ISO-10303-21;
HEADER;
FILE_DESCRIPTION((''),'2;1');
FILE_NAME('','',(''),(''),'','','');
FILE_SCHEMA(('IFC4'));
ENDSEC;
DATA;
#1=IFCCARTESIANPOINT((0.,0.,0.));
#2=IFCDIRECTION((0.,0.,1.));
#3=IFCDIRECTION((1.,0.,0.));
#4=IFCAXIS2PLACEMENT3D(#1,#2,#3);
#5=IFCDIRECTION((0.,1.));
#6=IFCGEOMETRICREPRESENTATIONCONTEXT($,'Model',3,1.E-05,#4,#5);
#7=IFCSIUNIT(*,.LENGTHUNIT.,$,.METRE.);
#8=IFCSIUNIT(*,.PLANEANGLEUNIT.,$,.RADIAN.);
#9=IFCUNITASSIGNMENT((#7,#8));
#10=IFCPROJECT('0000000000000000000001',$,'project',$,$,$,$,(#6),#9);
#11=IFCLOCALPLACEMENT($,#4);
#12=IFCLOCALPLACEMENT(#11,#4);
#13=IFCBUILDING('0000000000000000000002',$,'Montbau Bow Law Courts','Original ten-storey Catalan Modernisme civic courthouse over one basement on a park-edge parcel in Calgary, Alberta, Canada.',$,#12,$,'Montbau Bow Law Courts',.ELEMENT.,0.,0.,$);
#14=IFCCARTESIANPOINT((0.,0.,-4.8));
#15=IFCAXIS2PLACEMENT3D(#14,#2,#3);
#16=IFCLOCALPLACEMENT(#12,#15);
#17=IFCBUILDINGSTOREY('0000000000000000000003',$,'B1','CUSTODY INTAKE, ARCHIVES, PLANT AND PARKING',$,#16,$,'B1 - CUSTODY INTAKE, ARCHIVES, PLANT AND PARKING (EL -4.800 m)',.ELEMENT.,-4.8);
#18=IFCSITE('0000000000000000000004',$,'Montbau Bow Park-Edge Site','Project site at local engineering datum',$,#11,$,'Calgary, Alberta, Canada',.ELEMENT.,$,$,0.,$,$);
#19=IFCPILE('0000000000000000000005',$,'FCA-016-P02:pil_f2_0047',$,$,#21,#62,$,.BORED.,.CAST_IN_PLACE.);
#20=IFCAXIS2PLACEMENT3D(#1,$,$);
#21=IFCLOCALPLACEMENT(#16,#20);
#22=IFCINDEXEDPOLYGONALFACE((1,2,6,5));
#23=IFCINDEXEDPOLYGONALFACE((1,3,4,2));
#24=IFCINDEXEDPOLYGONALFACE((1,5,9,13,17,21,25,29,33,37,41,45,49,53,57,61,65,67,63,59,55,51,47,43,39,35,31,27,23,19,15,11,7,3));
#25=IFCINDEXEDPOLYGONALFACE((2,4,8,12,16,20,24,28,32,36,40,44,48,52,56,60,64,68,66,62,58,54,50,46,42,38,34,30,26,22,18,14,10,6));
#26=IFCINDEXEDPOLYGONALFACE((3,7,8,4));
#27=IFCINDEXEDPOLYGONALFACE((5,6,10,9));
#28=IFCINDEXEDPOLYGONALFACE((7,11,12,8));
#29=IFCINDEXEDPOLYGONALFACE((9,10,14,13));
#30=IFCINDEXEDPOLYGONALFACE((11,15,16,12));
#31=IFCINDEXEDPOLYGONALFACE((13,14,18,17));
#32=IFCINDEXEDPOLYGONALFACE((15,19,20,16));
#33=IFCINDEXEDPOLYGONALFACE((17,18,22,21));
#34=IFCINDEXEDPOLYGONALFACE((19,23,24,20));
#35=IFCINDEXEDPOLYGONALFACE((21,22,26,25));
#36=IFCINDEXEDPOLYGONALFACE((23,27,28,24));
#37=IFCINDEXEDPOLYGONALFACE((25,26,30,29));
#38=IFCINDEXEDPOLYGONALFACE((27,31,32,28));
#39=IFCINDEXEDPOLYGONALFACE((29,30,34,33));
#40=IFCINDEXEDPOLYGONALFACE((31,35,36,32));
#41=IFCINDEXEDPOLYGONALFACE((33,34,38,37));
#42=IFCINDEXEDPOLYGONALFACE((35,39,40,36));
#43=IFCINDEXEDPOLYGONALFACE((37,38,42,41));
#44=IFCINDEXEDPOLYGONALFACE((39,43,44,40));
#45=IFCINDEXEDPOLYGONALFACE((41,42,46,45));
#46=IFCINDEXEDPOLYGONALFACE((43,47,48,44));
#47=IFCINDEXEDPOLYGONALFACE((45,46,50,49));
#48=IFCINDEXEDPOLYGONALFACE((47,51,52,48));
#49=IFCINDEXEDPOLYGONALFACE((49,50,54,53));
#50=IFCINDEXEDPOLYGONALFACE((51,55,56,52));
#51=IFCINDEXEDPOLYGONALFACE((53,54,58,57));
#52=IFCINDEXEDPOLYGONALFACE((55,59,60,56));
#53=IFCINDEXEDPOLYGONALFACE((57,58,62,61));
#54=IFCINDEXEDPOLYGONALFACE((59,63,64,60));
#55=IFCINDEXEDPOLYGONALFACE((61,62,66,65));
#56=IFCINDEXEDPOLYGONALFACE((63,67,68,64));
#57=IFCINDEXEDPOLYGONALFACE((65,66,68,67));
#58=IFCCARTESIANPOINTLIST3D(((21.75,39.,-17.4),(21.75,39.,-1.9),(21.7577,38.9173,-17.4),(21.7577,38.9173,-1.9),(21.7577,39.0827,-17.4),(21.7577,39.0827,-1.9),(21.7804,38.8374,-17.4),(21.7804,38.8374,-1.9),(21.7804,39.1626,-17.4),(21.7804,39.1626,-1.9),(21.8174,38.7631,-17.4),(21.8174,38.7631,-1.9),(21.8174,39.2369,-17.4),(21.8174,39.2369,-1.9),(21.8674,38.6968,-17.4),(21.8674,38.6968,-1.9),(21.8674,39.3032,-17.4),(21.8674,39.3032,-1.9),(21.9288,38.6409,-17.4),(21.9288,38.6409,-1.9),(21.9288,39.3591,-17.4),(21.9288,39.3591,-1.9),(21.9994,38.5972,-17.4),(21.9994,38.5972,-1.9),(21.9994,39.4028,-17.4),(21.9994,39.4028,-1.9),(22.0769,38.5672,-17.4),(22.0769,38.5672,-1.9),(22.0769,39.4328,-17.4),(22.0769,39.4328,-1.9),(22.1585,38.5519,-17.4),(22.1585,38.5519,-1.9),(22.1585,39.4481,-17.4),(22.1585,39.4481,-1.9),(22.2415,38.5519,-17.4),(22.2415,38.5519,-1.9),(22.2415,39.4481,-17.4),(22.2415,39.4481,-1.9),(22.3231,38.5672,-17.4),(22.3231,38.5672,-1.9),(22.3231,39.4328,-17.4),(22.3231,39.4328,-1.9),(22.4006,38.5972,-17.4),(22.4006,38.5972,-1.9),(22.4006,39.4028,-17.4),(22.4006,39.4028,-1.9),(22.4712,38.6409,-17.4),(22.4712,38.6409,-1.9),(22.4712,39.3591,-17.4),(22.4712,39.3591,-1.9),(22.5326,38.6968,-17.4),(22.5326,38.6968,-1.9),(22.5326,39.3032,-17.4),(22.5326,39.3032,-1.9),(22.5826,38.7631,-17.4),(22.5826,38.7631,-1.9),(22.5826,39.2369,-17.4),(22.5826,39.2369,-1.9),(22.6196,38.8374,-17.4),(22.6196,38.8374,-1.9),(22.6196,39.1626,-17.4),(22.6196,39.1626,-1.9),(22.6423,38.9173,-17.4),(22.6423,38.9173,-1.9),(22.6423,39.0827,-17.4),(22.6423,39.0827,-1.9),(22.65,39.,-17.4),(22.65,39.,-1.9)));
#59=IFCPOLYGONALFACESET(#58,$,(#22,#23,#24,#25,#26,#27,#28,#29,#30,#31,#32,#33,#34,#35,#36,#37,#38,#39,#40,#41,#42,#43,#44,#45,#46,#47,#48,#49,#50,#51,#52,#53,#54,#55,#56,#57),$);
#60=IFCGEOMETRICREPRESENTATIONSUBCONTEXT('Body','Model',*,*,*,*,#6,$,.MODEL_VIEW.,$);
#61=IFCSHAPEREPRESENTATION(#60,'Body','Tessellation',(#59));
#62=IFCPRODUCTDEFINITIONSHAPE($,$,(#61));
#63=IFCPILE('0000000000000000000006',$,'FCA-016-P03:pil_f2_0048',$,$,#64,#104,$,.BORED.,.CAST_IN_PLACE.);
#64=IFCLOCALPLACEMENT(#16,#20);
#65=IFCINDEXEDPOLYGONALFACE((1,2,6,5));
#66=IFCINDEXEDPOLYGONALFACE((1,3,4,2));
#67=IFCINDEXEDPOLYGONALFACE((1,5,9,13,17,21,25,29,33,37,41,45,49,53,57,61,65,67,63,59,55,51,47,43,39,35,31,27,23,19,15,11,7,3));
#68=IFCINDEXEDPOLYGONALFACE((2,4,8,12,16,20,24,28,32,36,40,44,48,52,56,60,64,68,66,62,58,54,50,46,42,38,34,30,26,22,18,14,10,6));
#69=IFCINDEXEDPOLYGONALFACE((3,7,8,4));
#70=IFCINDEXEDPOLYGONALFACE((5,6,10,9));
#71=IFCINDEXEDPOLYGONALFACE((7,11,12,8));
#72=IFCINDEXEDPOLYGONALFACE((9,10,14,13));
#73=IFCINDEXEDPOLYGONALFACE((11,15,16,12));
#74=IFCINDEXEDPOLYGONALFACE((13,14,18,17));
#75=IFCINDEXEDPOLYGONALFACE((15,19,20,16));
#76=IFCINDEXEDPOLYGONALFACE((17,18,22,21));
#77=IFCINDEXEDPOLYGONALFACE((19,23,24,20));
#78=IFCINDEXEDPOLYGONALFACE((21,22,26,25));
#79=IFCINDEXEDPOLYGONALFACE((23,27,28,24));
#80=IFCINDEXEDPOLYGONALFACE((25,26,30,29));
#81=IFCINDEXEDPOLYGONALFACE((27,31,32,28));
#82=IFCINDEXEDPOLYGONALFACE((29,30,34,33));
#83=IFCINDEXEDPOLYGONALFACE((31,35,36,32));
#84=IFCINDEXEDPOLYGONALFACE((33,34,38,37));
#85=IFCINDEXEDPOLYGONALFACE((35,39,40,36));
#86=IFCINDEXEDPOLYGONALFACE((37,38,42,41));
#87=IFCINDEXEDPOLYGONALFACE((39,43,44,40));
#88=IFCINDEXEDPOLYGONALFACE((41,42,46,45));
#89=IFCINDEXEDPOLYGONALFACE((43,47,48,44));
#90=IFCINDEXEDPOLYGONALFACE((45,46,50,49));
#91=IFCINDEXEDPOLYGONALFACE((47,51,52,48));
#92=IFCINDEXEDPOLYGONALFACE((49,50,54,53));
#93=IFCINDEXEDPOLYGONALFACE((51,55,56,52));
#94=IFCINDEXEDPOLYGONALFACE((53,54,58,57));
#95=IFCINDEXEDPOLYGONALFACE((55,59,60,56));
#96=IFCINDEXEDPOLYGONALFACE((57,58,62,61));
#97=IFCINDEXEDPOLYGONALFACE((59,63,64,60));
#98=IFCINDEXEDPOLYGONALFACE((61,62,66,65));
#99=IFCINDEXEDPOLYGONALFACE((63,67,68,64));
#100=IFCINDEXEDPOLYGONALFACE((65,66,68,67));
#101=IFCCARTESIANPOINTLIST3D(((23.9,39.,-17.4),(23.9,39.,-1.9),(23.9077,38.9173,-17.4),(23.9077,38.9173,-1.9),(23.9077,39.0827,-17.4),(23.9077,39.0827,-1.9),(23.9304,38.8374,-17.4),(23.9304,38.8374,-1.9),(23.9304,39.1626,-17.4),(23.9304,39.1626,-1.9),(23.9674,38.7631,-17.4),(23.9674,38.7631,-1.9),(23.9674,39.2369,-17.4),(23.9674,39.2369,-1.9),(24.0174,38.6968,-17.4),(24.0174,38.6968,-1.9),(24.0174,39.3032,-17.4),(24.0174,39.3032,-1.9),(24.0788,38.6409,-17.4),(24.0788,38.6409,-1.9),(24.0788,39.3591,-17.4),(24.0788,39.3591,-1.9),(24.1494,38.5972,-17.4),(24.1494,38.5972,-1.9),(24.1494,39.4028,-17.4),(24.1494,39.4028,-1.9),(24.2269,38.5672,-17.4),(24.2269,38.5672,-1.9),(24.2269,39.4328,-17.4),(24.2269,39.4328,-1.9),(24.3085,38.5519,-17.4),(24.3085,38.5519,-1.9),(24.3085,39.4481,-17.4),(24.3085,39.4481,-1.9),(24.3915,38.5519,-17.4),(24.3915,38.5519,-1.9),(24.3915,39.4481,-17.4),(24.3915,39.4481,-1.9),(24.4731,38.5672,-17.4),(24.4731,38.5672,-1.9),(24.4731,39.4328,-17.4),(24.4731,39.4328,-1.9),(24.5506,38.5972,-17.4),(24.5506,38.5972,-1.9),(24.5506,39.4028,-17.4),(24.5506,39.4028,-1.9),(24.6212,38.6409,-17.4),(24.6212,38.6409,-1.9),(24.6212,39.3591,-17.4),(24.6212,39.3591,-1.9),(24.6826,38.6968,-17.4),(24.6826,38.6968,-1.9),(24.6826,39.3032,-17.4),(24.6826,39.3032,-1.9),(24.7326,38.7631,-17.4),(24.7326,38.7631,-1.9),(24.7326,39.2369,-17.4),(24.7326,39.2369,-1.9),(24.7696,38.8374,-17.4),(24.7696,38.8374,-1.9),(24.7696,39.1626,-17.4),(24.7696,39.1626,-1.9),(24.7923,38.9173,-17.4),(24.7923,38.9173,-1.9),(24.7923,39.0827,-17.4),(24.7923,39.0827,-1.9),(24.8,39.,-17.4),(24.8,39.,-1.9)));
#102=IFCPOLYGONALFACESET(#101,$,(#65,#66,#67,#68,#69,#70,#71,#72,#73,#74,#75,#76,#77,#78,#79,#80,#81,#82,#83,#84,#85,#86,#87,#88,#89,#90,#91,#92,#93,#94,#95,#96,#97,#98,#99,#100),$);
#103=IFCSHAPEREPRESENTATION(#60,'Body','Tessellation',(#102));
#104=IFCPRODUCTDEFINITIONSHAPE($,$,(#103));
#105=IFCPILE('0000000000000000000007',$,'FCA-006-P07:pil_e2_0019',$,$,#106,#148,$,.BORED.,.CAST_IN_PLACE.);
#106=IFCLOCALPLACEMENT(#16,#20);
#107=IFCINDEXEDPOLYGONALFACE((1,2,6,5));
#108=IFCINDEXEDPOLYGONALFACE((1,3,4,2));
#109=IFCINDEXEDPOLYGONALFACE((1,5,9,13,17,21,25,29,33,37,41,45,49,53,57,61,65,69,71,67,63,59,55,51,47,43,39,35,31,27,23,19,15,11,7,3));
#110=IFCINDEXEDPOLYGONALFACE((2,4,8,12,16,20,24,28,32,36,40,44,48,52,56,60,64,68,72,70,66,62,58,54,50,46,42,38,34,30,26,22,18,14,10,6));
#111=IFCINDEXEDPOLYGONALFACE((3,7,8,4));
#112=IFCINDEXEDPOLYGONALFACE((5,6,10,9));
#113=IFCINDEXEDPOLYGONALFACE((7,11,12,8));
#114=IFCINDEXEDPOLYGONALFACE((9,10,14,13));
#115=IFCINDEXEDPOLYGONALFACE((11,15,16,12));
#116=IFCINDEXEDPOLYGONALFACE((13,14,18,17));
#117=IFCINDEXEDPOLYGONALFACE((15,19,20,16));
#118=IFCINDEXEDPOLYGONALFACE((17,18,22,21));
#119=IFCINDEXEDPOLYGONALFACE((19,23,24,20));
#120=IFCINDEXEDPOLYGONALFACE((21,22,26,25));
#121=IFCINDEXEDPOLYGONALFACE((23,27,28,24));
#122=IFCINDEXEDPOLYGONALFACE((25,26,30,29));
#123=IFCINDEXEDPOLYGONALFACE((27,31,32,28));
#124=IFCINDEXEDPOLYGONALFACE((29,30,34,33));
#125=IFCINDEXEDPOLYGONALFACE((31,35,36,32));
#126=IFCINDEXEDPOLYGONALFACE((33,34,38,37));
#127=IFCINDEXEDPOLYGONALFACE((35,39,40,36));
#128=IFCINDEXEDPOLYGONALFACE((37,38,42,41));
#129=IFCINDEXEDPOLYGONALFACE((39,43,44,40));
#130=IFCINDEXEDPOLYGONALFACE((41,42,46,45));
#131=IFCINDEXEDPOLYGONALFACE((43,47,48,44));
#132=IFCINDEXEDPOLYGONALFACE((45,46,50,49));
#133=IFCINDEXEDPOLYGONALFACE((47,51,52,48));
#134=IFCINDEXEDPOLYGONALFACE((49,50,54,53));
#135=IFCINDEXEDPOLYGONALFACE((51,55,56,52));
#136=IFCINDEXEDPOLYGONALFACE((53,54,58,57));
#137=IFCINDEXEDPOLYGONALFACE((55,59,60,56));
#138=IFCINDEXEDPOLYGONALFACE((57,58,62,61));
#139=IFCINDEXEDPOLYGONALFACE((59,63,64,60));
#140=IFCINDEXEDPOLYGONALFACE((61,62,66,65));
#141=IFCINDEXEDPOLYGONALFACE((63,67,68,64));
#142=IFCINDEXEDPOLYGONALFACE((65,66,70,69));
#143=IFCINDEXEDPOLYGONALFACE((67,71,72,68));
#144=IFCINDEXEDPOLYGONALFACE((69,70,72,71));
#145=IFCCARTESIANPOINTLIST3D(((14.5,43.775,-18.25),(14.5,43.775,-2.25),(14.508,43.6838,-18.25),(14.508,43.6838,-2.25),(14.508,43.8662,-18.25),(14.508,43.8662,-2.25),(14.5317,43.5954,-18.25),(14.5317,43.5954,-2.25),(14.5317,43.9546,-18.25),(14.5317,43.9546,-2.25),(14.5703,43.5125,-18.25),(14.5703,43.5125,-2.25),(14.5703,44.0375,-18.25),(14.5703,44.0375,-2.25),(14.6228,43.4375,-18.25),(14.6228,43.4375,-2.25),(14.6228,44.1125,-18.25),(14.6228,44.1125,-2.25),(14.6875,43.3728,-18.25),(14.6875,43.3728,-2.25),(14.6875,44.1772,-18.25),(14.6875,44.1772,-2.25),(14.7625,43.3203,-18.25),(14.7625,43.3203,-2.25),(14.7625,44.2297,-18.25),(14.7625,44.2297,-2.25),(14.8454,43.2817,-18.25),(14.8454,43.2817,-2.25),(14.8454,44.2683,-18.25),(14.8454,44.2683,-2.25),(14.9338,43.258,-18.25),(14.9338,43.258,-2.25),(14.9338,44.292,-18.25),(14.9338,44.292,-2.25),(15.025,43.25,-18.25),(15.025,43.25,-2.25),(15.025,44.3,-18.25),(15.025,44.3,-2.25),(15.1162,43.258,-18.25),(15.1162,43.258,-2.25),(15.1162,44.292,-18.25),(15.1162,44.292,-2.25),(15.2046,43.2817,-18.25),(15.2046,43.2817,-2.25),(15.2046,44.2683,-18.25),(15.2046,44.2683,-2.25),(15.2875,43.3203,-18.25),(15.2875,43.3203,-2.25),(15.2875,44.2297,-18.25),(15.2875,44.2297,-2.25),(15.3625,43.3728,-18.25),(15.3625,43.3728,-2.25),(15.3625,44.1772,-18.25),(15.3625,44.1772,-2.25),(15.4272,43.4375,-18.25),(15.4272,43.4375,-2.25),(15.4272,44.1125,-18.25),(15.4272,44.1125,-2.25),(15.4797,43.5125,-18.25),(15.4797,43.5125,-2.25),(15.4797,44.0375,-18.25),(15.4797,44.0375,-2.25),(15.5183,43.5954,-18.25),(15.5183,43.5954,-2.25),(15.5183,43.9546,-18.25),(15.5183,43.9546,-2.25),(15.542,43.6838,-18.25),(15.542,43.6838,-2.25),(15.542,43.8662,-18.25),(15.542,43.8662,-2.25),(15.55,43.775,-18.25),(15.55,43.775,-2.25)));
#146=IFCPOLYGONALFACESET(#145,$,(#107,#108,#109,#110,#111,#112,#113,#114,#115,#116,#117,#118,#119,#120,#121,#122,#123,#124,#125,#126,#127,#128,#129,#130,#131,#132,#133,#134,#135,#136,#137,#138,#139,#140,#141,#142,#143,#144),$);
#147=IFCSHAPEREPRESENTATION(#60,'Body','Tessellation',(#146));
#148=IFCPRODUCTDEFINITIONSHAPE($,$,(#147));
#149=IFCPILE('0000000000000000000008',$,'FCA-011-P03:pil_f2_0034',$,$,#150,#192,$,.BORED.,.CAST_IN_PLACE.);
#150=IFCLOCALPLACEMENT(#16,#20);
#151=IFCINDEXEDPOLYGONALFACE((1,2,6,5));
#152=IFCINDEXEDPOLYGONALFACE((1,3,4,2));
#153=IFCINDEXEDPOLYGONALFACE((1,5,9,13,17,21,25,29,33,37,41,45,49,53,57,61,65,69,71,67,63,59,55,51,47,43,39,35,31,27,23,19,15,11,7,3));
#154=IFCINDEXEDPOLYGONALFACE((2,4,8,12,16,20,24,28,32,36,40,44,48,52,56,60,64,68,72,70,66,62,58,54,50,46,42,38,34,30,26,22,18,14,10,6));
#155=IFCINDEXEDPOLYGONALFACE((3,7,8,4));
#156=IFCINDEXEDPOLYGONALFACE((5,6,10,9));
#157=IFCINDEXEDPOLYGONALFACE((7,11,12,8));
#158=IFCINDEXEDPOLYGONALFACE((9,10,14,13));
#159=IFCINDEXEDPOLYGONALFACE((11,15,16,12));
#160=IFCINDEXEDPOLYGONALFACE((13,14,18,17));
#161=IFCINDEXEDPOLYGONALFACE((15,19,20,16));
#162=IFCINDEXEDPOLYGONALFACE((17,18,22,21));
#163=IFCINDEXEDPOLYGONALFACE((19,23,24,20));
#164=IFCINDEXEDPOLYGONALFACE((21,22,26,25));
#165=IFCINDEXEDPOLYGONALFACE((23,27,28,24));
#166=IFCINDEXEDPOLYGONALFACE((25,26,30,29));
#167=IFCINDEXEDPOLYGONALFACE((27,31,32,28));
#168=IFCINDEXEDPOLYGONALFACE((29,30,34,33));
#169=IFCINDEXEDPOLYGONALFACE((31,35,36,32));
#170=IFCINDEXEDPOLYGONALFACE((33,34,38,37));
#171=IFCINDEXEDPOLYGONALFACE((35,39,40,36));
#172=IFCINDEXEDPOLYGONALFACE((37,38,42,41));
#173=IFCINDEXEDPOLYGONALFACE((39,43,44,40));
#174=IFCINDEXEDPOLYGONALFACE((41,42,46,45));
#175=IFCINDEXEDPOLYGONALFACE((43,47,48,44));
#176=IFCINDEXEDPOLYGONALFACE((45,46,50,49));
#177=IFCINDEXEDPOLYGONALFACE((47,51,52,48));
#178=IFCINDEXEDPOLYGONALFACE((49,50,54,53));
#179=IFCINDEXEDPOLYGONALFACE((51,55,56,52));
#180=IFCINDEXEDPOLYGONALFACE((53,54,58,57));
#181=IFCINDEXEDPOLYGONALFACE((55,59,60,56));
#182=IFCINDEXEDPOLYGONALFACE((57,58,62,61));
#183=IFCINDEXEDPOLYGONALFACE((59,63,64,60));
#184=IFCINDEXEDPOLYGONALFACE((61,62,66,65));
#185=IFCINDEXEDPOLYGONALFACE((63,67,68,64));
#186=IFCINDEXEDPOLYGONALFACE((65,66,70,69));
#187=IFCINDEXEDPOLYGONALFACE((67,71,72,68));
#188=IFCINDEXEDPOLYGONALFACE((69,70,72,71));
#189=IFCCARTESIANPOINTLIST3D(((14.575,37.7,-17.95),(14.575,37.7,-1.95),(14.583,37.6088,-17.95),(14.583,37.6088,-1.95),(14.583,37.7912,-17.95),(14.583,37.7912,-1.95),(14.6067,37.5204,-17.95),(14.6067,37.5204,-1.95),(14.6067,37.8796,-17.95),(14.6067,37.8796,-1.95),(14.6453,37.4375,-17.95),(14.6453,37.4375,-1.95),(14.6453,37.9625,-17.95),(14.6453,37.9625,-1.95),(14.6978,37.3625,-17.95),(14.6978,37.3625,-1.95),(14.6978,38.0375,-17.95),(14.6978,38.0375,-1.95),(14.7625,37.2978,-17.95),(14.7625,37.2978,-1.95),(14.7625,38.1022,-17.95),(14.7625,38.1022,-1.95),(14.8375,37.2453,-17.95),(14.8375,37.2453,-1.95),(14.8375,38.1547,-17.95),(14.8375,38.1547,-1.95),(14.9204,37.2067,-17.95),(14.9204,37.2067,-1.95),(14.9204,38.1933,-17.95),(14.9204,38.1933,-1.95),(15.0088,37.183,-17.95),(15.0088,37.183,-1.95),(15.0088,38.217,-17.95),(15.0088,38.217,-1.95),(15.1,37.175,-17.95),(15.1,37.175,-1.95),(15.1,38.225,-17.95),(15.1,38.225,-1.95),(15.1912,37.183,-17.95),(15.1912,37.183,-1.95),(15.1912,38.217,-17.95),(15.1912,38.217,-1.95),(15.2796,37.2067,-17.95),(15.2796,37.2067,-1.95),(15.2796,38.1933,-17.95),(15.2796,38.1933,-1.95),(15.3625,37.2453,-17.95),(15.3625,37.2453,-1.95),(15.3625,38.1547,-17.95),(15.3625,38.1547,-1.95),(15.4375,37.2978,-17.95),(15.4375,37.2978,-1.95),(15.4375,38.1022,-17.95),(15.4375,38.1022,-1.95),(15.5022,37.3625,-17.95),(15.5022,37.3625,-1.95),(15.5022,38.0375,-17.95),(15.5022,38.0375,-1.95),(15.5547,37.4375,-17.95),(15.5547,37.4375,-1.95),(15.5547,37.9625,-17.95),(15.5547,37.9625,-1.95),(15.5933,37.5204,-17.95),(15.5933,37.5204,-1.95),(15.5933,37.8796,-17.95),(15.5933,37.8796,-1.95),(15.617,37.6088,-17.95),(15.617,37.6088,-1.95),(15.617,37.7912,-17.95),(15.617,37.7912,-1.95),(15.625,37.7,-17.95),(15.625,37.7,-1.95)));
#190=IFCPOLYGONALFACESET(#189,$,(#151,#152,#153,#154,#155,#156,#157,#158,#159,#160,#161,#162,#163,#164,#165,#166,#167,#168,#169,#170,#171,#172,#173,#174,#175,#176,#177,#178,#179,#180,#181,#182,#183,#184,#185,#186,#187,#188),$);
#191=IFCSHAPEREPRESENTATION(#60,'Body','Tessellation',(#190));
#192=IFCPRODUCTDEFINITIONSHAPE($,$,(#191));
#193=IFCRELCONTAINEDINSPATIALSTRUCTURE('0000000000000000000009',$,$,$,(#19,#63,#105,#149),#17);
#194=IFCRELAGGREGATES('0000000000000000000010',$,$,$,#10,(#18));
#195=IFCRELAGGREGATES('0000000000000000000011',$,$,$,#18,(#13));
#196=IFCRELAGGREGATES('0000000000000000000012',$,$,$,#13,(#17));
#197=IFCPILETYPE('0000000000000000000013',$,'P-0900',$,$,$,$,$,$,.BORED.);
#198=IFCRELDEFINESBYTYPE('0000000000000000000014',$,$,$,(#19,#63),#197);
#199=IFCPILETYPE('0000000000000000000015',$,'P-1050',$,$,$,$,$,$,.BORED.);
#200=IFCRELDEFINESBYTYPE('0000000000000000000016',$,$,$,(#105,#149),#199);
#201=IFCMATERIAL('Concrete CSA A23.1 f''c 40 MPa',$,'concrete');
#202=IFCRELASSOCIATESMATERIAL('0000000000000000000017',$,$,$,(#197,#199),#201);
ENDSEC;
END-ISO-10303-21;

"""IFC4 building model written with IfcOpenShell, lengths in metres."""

from ifc_helpers import new_model, si_unit, direction, frame, origin_with_axes, origin_2d_with_axis, place, context, subcontext, project, spatial, circle, extrude, material, material_profile, profile_set, type_object, element, save


model = new_model("IFC4")

# Units and contexts
model_context = context("Model", 3, precision=1e-05, world=origin_with_axes(), true_north=direction((0.0, 1.0)))
body_context = subcontext(model_context, "Body", "Model", "MODEL_VIEW")
ifc_project = project(units=[si_unit("LENGTHUNIT", "METRE"), si_unit("PLANEANGLEUNIT", "RADIAN")], contexts=[model_context])

# Site, building, storey
site_placement = place(None, origin_with_axes())
site = spatial("IfcSite", under=ifc_project, at=site_placement, Name="Montbau Bow Park-Edge Site", Description="Project site at local engineering datum", LongName="Calgary, Alberta, Canada", CompositionType="ELEMENT", RefElevation=0.0)
building_placement = place(site_placement, origin_with_axes())
building = spatial("IfcBuilding", under=site, at=building_placement, Name="Montbau Bow Law Courts", Description="Original ten-storey Catalan Modernisme civic courthouse over one basement on a park-edge parcel in Calgary, Alberta, Canada.", LongName="Montbau Bow Law Courts", CompositionType="ELEMENT", ElevationOfRefHeight=0.0, ElevationOfTerrain=0.0)
storey_placement = place(building_placement, frame((0.0, 0.0, -4.8), z_axis=(0.0, 0.0, 1.0), x_axis=(1.0, 0.0, 0.0)))
storey = spatial("IfcBuildingStorey", under=building, at=storey_placement, Name="B1", Description="CUSTODY INTAKE, ARCHIVES, PLANT AND PARKING", LongName="B1 - CUSTODY INTAKE, ARCHIVES, PLANT AND PARKING (EL -4.800 m)", CompositionType="ELEMENT", Elevation=-4.8)

# Piles
ifc_material_1 = material(Name="Concrete CSA A23.1 f'c 40 MPa", Category="concrete")
ifc_material_profile_1 = material_profile(ifc_material_1, circle(Radius=0.45, at=origin_2d_with_axis()), Name="BP900", Category="Main", Priority=0)
ifc_profile_set_1 = profile_set([ifc_material_profile_1], Name="Concrete CSA A23.1 f'c 40 MPa")
pile_type_1 = type_object("IfcPileType", Name="P-0900", PredefinedType="BORED", material=ifc_profile_set_1)
for number, where, z_axis, x_axis, name in (
    (1, (22.2, 39.0, -22.2), (0.0, 0.0, 1.0), (1.0, 0.0, 0.0), "FCA-016-P02:pil_f2_0047"),
    (2, (24.35, 39.0, -22.2), (0.0, 0.0, 1.0), (1.0, 0.0, 0.0), "FCA-016-P03:pil_f2_0048"),
):
    element("IfcPile", number, at=place(None, frame(where, z_axis=z_axis, x_axis=x_axis)), inside=storey, type_object=pile_type_1, Name=name, ConstructionType="CAST_IN_PLACE", PredefinedType="BORED", context=body_context, shape_type="SweptSolid", body=[
        extrude(circle(Radius=0.45, at=origin_2d_with_axis()), origin_with_axes(), (0.0, 0.0, 1.0), 15.5),
    ])
ifc_material_profile_2 = material_profile(ifc_material_1, circle(Radius=0.525, at=origin_2d_with_axis()), Name="BP1050", Category="Main", Priority=0)
ifc_profile_set_2 = profile_set([ifc_material_profile_2], Name="Concrete CSA A23.1 f'c 40 MPa")
pile_type_2 = type_object("IfcPileType", Name="P-1050", PredefinedType="BORED", material=ifc_profile_set_2)
for number, where, z_axis, x_axis, name in (
    (3, (15.025, 43.775, -23.05), (0.0, 0.0, 1.0), (1.0, 0.0, 0.0), "FCA-006-P07:pil_e2_0019"),
    (4, (15.1, 37.7, -22.75), (0.0, 0.0, 1.0), (1.0, 0.0, 0.0), "FCA-011-P03:pil_f2_0034"),
):
    element("IfcPile", number, at=place(None, frame(where, z_axis=z_axis, x_axis=x_axis)), inside=storey, type_object=pile_type_2, Name=name, ConstructionType="CAST_IN_PLACE", PredefinedType="BORED", context=body_context, shape_type="SweptSolid", body=[
        extrude(circle(Radius=0.525, at=origin_2d_with_axis()), origin_with_axes(), (0.0, 0.0, 1.0), 16.0),
    ])

save(model, "model.ifc")
